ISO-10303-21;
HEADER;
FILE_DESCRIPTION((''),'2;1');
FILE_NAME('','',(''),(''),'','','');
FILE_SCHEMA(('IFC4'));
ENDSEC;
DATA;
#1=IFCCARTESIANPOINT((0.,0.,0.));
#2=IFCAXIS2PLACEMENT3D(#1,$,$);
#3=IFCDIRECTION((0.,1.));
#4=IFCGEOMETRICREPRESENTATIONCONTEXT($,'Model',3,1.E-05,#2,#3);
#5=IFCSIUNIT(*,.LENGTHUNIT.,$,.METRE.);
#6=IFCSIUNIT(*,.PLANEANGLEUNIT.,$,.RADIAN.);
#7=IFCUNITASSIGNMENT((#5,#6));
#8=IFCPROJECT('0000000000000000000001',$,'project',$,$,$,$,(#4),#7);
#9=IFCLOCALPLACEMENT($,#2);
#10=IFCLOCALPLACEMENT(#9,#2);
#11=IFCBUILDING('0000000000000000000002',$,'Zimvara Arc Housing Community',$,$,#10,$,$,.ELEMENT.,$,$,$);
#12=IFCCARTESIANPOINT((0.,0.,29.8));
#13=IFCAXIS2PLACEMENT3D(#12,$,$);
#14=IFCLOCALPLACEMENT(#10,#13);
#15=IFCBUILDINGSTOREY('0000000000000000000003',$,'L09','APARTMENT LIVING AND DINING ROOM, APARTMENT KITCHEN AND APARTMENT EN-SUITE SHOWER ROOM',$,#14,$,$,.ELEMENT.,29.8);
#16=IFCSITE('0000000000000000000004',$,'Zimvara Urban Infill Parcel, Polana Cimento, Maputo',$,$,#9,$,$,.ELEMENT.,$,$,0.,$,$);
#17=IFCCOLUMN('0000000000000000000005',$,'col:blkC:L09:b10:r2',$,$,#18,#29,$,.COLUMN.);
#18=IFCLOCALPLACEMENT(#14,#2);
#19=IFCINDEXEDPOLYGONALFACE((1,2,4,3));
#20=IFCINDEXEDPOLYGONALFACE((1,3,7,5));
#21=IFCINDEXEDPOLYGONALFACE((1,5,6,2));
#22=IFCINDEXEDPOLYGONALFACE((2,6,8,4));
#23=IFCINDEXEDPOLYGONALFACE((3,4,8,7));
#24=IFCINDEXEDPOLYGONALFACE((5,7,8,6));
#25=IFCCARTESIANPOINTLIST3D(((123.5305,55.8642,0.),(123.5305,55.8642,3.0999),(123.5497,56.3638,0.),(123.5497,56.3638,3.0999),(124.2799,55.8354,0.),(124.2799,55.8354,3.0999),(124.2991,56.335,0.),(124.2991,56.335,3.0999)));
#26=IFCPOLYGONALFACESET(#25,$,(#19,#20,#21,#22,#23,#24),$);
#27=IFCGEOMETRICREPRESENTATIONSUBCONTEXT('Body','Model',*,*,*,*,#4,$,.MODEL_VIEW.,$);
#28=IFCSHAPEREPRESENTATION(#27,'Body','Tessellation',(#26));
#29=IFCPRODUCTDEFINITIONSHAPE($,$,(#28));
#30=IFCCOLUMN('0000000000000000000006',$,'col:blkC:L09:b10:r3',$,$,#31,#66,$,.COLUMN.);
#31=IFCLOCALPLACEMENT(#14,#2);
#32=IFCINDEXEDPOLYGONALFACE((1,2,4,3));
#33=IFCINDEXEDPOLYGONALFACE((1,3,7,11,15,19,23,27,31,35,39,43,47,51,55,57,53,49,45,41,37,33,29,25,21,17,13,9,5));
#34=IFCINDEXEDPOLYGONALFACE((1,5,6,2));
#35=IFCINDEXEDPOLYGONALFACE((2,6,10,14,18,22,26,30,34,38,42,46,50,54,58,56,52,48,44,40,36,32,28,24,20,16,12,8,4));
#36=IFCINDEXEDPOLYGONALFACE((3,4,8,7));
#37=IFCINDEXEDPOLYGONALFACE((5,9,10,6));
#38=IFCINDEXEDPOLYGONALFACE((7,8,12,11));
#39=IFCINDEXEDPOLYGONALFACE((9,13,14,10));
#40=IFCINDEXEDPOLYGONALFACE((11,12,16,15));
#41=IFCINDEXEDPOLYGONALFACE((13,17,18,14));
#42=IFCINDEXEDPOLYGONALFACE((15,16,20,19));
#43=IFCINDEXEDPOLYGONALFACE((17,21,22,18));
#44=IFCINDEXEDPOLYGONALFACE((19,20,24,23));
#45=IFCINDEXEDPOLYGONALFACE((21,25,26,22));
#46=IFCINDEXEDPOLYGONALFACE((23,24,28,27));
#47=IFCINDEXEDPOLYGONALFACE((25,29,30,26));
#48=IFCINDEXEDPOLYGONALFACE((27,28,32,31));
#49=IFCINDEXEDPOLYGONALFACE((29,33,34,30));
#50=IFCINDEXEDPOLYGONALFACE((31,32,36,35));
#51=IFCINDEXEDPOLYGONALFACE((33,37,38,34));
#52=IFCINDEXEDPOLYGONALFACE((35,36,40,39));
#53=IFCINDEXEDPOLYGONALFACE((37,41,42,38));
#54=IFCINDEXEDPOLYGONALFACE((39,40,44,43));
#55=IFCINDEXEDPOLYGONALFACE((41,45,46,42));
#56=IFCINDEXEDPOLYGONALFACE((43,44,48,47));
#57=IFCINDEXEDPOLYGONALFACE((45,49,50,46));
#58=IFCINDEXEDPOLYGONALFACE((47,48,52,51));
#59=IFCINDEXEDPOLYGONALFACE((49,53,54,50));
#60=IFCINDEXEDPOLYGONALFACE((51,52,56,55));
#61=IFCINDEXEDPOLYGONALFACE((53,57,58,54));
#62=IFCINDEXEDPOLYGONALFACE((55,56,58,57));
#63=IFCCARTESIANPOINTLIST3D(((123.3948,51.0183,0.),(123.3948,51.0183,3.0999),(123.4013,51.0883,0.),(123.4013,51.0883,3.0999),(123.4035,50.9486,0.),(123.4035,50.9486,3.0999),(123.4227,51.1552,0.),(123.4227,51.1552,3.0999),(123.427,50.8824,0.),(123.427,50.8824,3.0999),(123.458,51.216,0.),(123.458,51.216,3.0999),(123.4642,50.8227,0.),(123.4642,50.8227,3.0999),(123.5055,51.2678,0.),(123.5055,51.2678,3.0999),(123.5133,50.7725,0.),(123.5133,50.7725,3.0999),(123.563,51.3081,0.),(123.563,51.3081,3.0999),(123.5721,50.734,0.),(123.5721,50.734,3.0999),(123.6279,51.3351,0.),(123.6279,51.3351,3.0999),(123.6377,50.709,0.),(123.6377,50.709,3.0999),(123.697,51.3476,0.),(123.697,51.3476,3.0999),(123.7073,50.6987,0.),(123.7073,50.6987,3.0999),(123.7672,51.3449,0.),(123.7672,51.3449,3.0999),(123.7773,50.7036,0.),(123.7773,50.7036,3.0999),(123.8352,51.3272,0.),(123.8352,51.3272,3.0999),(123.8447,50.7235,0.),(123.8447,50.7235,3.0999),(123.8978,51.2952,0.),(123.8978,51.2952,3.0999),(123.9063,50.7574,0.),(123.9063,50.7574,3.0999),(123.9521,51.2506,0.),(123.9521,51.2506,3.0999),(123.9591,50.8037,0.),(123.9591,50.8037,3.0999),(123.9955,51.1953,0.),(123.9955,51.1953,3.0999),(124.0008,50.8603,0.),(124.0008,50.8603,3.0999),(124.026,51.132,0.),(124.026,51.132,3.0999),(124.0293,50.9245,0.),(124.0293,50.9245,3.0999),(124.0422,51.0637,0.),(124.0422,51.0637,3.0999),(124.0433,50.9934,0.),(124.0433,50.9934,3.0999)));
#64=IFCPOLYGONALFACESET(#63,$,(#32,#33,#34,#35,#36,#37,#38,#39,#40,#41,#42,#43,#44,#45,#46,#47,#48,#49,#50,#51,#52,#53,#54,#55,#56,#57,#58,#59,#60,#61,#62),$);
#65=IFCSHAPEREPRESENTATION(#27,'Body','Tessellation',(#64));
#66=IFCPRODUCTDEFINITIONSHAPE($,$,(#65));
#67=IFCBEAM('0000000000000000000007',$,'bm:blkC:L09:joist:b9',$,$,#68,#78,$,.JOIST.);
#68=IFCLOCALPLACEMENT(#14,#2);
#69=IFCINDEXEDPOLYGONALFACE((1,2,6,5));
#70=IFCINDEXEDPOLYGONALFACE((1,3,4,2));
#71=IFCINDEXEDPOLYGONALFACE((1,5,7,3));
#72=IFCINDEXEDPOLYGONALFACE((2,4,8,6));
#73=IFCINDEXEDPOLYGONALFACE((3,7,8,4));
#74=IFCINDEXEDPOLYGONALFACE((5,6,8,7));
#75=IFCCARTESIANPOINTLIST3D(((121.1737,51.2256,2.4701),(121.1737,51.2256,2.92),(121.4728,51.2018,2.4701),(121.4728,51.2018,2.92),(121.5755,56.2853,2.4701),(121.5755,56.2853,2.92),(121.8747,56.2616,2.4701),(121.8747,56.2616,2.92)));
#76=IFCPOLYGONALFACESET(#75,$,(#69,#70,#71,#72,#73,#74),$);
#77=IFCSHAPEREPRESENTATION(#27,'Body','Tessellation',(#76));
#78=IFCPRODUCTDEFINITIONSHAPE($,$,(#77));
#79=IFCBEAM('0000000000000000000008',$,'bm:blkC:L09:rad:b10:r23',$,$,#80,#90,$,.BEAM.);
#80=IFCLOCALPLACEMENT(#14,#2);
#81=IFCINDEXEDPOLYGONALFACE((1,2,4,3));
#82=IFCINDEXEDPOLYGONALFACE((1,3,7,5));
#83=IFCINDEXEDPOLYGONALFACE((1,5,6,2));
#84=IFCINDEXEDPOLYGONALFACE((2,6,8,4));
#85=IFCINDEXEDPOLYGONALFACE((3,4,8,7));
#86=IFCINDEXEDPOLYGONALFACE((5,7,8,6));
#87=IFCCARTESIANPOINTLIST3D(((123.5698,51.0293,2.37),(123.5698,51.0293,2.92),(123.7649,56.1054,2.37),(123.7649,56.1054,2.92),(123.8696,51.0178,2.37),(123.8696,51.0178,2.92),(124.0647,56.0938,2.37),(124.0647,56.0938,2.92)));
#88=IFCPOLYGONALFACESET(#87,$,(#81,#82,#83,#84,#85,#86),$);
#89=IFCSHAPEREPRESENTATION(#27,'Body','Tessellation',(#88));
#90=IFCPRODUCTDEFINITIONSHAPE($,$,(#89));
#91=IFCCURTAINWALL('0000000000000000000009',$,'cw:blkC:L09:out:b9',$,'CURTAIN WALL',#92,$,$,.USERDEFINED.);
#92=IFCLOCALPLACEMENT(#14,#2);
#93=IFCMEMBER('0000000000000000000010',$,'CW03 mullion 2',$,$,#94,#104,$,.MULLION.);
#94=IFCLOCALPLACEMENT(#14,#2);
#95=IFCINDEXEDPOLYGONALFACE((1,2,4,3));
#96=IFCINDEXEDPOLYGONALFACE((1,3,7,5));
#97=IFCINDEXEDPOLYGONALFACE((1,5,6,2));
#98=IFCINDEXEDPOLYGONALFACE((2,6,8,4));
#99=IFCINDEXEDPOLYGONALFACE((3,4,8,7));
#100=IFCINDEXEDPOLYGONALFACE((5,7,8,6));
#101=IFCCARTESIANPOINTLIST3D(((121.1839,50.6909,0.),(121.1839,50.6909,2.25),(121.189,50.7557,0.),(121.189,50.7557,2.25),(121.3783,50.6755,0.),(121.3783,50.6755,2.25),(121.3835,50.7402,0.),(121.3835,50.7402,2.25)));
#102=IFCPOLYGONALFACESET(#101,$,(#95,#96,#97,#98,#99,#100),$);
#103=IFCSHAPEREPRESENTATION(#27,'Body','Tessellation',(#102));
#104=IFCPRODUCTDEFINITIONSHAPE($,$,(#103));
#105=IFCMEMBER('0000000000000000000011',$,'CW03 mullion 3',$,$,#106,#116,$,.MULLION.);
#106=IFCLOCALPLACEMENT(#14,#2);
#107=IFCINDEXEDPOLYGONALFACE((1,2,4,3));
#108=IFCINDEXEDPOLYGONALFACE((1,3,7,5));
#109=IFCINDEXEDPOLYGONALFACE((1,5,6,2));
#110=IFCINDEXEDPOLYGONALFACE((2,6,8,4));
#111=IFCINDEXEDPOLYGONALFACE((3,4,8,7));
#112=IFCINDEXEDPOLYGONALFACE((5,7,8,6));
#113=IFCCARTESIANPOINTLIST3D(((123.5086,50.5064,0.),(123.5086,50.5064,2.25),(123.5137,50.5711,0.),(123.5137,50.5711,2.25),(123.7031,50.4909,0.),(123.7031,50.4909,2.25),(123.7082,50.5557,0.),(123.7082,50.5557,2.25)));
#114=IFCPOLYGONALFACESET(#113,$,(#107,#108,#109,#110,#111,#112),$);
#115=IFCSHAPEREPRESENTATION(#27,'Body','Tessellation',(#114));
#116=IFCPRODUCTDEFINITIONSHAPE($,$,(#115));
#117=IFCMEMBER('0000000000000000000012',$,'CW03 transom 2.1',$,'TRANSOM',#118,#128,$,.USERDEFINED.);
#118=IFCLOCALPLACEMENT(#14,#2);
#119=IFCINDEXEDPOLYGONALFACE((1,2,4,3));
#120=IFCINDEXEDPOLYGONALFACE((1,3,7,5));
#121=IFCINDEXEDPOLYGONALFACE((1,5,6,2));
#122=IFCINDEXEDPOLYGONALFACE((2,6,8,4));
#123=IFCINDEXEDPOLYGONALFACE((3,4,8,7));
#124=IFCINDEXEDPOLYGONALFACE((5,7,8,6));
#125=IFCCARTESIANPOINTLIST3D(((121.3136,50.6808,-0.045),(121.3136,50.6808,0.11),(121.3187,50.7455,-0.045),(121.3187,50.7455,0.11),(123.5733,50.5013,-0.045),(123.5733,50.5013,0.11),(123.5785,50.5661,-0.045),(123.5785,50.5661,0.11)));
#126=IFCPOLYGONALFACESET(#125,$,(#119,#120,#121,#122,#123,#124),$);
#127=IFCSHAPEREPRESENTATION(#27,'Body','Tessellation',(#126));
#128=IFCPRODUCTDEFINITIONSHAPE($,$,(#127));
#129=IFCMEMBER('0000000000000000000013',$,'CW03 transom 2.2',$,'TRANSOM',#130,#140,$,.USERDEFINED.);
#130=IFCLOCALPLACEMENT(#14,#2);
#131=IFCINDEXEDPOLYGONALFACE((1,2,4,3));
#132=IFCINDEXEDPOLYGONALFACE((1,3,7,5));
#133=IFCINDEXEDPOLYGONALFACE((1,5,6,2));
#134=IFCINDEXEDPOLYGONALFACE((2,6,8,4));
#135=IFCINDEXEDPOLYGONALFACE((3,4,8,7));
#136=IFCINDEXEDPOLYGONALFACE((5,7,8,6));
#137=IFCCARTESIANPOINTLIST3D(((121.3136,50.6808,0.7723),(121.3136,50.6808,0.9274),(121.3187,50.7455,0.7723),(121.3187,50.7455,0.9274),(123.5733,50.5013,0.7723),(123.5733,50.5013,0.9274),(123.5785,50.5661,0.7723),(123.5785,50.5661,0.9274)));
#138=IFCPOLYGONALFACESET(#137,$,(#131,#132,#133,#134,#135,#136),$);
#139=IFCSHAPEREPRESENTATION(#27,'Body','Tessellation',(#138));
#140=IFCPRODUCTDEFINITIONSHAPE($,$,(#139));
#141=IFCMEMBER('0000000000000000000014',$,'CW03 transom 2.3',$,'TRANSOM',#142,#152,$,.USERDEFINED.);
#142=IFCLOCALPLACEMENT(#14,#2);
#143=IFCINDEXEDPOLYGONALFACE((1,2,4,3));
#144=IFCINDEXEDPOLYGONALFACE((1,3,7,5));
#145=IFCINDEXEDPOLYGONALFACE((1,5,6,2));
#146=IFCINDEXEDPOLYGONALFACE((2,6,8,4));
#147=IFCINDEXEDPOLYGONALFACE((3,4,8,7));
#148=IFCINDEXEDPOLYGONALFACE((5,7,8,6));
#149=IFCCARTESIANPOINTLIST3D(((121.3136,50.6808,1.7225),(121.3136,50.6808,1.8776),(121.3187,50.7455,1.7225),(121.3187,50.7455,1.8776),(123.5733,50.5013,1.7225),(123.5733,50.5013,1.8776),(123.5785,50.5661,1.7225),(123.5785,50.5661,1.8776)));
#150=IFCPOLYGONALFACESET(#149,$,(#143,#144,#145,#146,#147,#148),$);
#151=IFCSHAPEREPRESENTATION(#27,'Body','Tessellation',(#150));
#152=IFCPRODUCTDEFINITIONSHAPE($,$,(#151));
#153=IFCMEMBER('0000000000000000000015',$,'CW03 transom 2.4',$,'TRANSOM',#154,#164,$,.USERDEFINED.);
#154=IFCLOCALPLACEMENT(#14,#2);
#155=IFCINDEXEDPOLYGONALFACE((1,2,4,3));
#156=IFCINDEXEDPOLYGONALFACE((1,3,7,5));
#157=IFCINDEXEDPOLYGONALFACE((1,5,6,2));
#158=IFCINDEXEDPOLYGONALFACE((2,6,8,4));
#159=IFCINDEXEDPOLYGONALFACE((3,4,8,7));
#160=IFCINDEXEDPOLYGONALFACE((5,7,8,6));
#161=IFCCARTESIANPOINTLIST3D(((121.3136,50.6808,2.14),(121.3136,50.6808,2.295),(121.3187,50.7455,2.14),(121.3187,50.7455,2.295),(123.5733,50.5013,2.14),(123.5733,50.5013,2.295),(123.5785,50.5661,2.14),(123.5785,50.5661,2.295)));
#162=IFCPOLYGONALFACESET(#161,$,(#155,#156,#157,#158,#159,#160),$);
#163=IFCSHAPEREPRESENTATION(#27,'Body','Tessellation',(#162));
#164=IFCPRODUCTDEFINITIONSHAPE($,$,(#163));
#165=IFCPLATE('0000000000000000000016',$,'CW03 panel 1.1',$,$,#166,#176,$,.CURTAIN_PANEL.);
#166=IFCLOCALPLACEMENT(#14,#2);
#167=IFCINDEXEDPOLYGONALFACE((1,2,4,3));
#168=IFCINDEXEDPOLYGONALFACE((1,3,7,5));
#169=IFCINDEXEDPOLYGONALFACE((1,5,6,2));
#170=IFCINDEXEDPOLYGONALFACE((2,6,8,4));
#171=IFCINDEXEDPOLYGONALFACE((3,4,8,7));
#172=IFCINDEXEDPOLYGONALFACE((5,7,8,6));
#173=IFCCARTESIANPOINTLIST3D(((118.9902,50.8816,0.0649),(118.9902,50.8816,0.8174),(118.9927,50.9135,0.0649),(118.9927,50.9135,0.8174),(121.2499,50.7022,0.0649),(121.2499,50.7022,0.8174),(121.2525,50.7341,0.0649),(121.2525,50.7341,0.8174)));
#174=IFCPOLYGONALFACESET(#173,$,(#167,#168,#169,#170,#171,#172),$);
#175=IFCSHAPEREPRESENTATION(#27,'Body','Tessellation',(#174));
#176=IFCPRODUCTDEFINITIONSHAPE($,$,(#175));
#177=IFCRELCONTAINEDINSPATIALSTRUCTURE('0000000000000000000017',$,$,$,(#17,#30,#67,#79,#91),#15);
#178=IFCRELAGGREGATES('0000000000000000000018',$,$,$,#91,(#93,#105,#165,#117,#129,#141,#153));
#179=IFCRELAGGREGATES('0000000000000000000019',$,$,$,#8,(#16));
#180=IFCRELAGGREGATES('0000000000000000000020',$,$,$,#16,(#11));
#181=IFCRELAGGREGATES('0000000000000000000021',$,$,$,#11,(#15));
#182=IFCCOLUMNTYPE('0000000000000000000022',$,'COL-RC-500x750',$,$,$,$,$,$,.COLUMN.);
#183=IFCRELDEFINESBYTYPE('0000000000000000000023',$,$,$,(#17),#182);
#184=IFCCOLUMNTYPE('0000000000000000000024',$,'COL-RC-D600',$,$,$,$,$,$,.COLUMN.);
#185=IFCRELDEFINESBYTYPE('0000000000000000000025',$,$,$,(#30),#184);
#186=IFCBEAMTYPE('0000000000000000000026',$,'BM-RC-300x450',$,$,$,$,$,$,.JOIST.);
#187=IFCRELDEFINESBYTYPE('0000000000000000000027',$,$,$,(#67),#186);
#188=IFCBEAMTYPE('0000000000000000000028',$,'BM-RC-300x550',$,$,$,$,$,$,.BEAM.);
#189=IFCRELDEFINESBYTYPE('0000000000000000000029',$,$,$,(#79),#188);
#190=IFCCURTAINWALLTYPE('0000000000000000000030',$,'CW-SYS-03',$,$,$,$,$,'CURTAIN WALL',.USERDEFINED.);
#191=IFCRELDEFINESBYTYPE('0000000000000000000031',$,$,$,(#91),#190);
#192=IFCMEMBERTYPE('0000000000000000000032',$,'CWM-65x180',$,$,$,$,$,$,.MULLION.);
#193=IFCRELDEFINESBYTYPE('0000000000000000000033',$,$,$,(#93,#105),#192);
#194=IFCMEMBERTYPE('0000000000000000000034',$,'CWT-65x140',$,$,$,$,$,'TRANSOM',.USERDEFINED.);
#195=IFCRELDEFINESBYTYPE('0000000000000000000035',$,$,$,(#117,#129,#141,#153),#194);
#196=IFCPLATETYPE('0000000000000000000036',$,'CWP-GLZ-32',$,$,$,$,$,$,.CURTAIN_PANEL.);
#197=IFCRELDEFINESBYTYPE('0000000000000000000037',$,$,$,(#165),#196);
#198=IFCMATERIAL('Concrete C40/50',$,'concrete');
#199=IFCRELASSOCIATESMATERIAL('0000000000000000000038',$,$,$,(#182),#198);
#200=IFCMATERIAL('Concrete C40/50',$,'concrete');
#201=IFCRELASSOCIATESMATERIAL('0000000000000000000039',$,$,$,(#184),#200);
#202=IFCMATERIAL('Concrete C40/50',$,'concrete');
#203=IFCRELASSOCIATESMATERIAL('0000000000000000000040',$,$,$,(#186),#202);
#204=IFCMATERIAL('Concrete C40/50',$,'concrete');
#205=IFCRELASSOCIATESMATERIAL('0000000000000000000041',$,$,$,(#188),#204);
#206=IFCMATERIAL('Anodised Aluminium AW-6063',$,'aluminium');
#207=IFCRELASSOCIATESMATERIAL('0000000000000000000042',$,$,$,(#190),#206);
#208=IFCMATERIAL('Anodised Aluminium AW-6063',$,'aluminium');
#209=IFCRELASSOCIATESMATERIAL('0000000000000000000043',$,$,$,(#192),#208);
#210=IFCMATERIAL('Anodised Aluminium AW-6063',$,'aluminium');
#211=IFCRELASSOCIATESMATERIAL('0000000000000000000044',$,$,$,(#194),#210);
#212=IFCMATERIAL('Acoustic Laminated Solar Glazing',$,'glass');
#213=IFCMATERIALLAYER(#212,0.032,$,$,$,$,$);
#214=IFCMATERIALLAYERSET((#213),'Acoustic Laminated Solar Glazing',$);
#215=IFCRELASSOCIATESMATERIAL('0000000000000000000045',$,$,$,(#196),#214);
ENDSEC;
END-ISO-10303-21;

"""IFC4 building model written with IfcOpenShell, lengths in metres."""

from ifc_helpers import new_model, si_unit, direction, frame, origin, origin_2d, place, context, subcontext, project, spatial, rectangle, circle, extrude, material, layer, layer_set, material_profile, profile_set, type_object, element, aggregate, save


model = new_model("IFC4")

# Units and contexts
model_context = context("Model", 3, precision=1e-05, world=origin(), true_north=direction((0.0, 1.0)))
body_context = subcontext(model_context, "Body", "Model", "MODEL_VIEW")
ifc_project = project(units=[si_unit("LENGTHUNIT", "METRE"), si_unit("PLANEANGLEUNIT", "RADIAN")], contexts=[model_context])

# Site, building, storey
site_placement = place(None, origin())
site = spatial("IfcSite", under=ifc_project, at=site_placement, Name="Zimvara Urban Infill Parcel, Polana Cimento, Maputo", CompositionType="ELEMENT", RefElevation=0.0)
building_placement = place(site_placement, origin())
building = spatial("IfcBuilding", under=site, at=building_placement, Name="Zimvara Arc Housing Community", CompositionType="ELEMENT")
storey_placement = place(building_placement, frame((0.0, 0.0, 29.8)))
storey = spatial("IfcBuildingStorey", under=building, at=storey_placement, Name="L09", Description="APARTMENT LIVING AND DINING ROOM, APARTMENT KITCHEN AND APARTMENT EN-SUITE SHOWER ROOM", CompositionType="ELEMENT", Elevation=29.8)

# Columns
ifc_material_1 = material(Name="Concrete C40/50", Category="concrete")
ifc_material_profile_1 = material_profile(ifc_material_1, rectangle(XDim=0.5, YDim=0.75, at=origin_2d()), Name="RC 500x750")
ifc_profile_set_1 = profile_set([ifc_material_profile_1], Name="Concrete C40/50")
column_type_1 = type_object("IfcColumnType", Name="COL-RC-500x750", PredefinedType="COLUMN", material=ifc_profile_set_1)
column_1_placement = place(storey_placement, frame((123.9148, 56.0996, 0.0), z_axis=(0.0, 0.0, 1.0), x_axis=(-0.038388, -0.999263, 0.0)))
element("IfcColumn", 1, at=column_1_placement, inside=storey, type_object=column_type_1, Name="col:blkC:L09:b10:r2", PredefinedType="COLUMN", context=body_context, shape_type="SweptSolid", body=[
    extrude(rectangle(XDim=0.5, YDim=0.75, at=origin_2d()), origin(), (0.0, 0.0, 1.0), 3.0999),
])
ifc_material_2 = material(Name="Concrete C40/50", Category="concrete")
ifc_material_profile_2 = material_profile(ifc_material_2, circle(Radius=0.325, at=origin_2d()), Name="RC D650")
ifc_profile_set_2 = profile_set([ifc_material_profile_2], Name="Concrete C40/50")
column_type_2 = type_object("IfcColumnType", Name="COL-RC-D600", PredefinedType="COLUMN", material=ifc_profile_set_2)
column_2_placement = place(storey_placement, frame((123.7197, 51.0234, 0.0), z_axis=(0.0, 0.0, 1.0), x_axis=(-0.038388, -0.999263, 0.0)))
element("IfcColumn", 2, at=column_2_placement, inside=storey, type_object=column_type_2, Name="col:blkC:L09:b10:r3", PredefinedType="COLUMN", context=body_context, shape_type="SweptSolid", body=[
    extrude(circle(Radius=0.325, at=origin_2d()), origin(), (0.0, 0.0, 1.0), 3.0999),
])

# Beams
ifc_material_3 = material(Name="Concrete C40/50", Category="concrete")
ifc_material_profile_3 = material_profile(ifc_material_3, rectangle(XDim=0.3, YDim=0.45, at=origin_2d()), Name="RC 300x450")
ifc_profile_set_3 = profile_set([ifc_material_profile_3], Name="Concrete C40/50")
beam_type_1 = type_object("IfcBeamType", Name="BM-RC-300x450", PredefinedType="JOIST", material=ifc_profile_set_3)
beam_1_placement = place(storey_placement, frame((121.7251, 56.2734, 2.6951), z_axis=(-0.079172, -0.996861, 0.0), x_axis=(0.996861, -0.079172, 0.0)))
element("IfcBeam", 3, at=beam_1_placement, inside=storey, type_object=beam_type_1, Name="bm:blkC:L09:joist:b9", PredefinedType="JOIST", context=body_context, shape_type="SweptSolid", body=[
    extrude(rectangle(XDim=0.3, YDim=0.45, at=origin_2d()), origin(), (0.0, 0.0, 1.0), 5.0757),
])
ifc_material_4 = material(Name="Concrete C40/50", Category="concrete")
ifc_material_profile_4 = material_profile(ifc_material_4, rectangle(XDim=0.3, YDim=0.55, at=origin_2d()), Name="RC 300x550")
ifc_profile_set_4 = profile_set([ifc_material_profile_4], Name="Concrete C40/50")
beam_type_2 = type_object("IfcBeamType", Name="BM-RC-300x550", PredefinedType="BEAM", material=ifc_profile_set_4)
beam_2_placement = place(storey_placement, frame((123.9148, 56.0996, 2.645), z_axis=(-0.0384, -0.999262, 0.0), x_axis=(0.999262, -0.0384, 0.0)))
element("IfcBeam", 4, at=beam_2_placement, inside=storey, type_object=beam_type_2, Name="bm:blkC:L09:rad:b10:r23", PredefinedType="BEAM", context=body_context, shape_type="SweptSolid", body=[
    extrude(rectangle(XDim=0.3, YDim=0.55, at=origin_2d()), origin(), (0.0, 0.0, 1.0), 5.0798),
])

# Curtain wall, members, plate
ifc_material_5 = material(Name="Anodised Aluminium AW-6063", Category="aluminium")
curtain_wall_type = type_object("IfcCurtainWallType", Name="CW-SYS-03", ElementType="CURTAIN WALL", PredefinedType="USERDEFINED", material=ifc_material_5)
curtain_wall_placement = place(storey_placement, origin())
curtain_wall = element("IfcCurtainWall", 5, at=curtain_wall_placement, inside=storey, type_object=curtain_wall_type, Name="cw:blkC:L09:out:b9", ObjectType="CURTAIN WALL", PredefinedType="USERDEFINED")
ifc_material_6 = material(Name="Anodised Aluminium AW-6063", Category="aluminium")
ifc_material_profile_5 = material_profile(ifc_material_6, rectangle(XDim=0.0649, YDim=0.1951, at=origin_2d()), Name="ALU 65x195")
ifc_profile_set_5 = profile_set([ifc_material_profile_5], Name="Anodised Aluminium AW-6063")
member_type_1 = type_object("IfcMemberType", Name="CWM-65x180", PredefinedType="MULLION", material=ifc_profile_set_5)
member_1_placement = place(storey_placement, frame((121.2837, 50.7156, 0.0), z_axis=(0.0, 0.0, 1.0), x_axis=(0.079154, 0.996862, 0.0)))
member_1 = element("IfcMember", 6, at=member_1_placement, type_object=member_type_1, Name="CW03 mullion 2", PredefinedType="MULLION", context=body_context, shape_type="SweptSolid", body=[
    extrude(rectangle(XDim=0.0649, YDim=0.1951, at=origin_2d()), origin(), (0.0, 0.0, 1.0), 2.25),
])
member_2_placement = place(storey_placement, frame((123.6084, 50.531, 0.0), z_axis=(0.0, 0.0, 1.0), x_axis=(0.079154, 0.996862, 0.0)))
member_2 = element("IfcMember", 7, at=member_2_placement, type_object=member_type_1, Name="CW03 mullion 3", PredefinedType="MULLION", context=body_context, shape_type="SweptSolid", body=[
    extrude(rectangle(XDim=0.0649, YDim=0.1951, at=origin_2d()), origin(), (0.0, 0.0, 1.0), 2.25),
])
ifc_material_7 = material(Name="Anodised Aluminium AW-6063", Category="aluminium")
ifc_material_profile_6 = material_profile(ifc_material_7, rectangle(XDim=0.0649, YDim=0.155, at=origin_2d()), Name="ALU 65x155")
ifc_profile_set_6 = profile_set([ifc_material_profile_6], Name="Anodised Aluminium AW-6063")
member_type_2 = type_object("IfcMemberType", Name="CWT-65x140", ElementType="TRANSOM", PredefinedType="USERDEFINED", material=ifc_profile_set_6)
member_3_placement = place(storey_placement, frame((121.3162, 50.7131, 0.0325), z_axis=(0.996862, -0.079159, 0.0), x_axis=(0.079159, 0.996862, 0.0)))
member_3 = element("IfcMember", 8, at=member_3_placement, type_object=member_type_2, Name="CW03 transom 2.1", ObjectType="TRANSOM", PredefinedType="USERDEFINED", context=body_context, shape_type="SweptSolid", body=[
    extrude(rectangle(XDim=0.0649, YDim=0.155, at=origin_2d()), origin(), (0.0, 0.0, 1.0), 2.2668),
])
member_4_placement = place(storey_placement, frame((121.3162, 50.7131, 0.8499), z_axis=(0.996862, -0.079159, 0.0), x_axis=(0.079159, 0.996862, 0.0)))
member_4 = element("IfcMember", 9, at=member_4_placement, type_object=member_type_2, Name="CW03 transom 2.2", ObjectType="TRANSOM", PredefinedType="USERDEFINED", context=body_context, shape_type="SweptSolid", body=[
    extrude(rectangle(XDim=0.0649, YDim=0.155, at=origin_2d()), origin(), (0.0, 0.0, 1.0), 2.2668),
])
member_5_placement = place(storey_placement, frame((121.3162, 50.7131, 1.8), z_axis=(0.996862, -0.079159, 0.0), x_axis=(0.079159, 0.996862, 0.0)))
member_5 = element("IfcMember", 10, at=member_5_placement, type_object=member_type_2, Name="CW03 transom 2.3", ObjectType="TRANSOM", PredefinedType="USERDEFINED", context=body_context, shape_type="SweptSolid", body=[
    extrude(rectangle(XDim=0.0649, YDim=0.155, at=origin_2d()), origin(), (0.0, 0.0, 1.0), 2.2668),
])
member_6_placement = place(storey_placement, frame((121.3162, 50.7131, 2.2175), z_axis=(0.996862, -0.079159, 0.0), x_axis=(0.079159, 0.996862, 0.0)))
member_6 = element("IfcMember", 11, at=member_6_placement, type_object=member_type_2, Name="CW03 transom 2.4", ObjectType="TRANSOM", PredefinedType="USERDEFINED", context=body_context, shape_type="SweptSolid", body=[
    extrude(rectangle(XDim=0.0649, YDim=0.155, at=origin_2d()), origin(), (0.0, 0.0, 1.0), 2.2668),
])
ifc_material_8 = material(Name="Acoustic Laminated Solar Glazing", Category="glass")
ifc_layer_1 = layer(ifc_material_8, 0.032)
ifc_layer_set_1 = layer_set([ifc_layer_1], Name="Acoustic Laminated Solar Glazing")
plate_type = type_object("IfcPlateType", Name="CWP-GLZ-32", PredefinedType="CURTAIN_PANEL", material=ifc_layer_set_1)
plate_1_placement = place(storey_placement, frame((120.1213, 50.8079, 0.0649), z_axis=(0.0, 0.0, 1.0), x_axis=(0.996862, -0.079154, 0.0)))
plate_1 = element("IfcPlate", 12, at=plate_1_placement, type_object=plate_type, Name="CW03 panel 1.1", PredefinedType="CURTAIN_PANEL", context=body_context, shape_type="SweptSolid", body=[
    extrude(rectangle(XDim=2.2668, YDim=0.032, at=origin_2d()), origin(), (0.0, 0.0, 1.0), 0.7524),
])
aggregate(curtain_wall, [member_1, member_2, plate_1, member_3, member_4, member_5, member_6])

save(model, "model.ifc")
